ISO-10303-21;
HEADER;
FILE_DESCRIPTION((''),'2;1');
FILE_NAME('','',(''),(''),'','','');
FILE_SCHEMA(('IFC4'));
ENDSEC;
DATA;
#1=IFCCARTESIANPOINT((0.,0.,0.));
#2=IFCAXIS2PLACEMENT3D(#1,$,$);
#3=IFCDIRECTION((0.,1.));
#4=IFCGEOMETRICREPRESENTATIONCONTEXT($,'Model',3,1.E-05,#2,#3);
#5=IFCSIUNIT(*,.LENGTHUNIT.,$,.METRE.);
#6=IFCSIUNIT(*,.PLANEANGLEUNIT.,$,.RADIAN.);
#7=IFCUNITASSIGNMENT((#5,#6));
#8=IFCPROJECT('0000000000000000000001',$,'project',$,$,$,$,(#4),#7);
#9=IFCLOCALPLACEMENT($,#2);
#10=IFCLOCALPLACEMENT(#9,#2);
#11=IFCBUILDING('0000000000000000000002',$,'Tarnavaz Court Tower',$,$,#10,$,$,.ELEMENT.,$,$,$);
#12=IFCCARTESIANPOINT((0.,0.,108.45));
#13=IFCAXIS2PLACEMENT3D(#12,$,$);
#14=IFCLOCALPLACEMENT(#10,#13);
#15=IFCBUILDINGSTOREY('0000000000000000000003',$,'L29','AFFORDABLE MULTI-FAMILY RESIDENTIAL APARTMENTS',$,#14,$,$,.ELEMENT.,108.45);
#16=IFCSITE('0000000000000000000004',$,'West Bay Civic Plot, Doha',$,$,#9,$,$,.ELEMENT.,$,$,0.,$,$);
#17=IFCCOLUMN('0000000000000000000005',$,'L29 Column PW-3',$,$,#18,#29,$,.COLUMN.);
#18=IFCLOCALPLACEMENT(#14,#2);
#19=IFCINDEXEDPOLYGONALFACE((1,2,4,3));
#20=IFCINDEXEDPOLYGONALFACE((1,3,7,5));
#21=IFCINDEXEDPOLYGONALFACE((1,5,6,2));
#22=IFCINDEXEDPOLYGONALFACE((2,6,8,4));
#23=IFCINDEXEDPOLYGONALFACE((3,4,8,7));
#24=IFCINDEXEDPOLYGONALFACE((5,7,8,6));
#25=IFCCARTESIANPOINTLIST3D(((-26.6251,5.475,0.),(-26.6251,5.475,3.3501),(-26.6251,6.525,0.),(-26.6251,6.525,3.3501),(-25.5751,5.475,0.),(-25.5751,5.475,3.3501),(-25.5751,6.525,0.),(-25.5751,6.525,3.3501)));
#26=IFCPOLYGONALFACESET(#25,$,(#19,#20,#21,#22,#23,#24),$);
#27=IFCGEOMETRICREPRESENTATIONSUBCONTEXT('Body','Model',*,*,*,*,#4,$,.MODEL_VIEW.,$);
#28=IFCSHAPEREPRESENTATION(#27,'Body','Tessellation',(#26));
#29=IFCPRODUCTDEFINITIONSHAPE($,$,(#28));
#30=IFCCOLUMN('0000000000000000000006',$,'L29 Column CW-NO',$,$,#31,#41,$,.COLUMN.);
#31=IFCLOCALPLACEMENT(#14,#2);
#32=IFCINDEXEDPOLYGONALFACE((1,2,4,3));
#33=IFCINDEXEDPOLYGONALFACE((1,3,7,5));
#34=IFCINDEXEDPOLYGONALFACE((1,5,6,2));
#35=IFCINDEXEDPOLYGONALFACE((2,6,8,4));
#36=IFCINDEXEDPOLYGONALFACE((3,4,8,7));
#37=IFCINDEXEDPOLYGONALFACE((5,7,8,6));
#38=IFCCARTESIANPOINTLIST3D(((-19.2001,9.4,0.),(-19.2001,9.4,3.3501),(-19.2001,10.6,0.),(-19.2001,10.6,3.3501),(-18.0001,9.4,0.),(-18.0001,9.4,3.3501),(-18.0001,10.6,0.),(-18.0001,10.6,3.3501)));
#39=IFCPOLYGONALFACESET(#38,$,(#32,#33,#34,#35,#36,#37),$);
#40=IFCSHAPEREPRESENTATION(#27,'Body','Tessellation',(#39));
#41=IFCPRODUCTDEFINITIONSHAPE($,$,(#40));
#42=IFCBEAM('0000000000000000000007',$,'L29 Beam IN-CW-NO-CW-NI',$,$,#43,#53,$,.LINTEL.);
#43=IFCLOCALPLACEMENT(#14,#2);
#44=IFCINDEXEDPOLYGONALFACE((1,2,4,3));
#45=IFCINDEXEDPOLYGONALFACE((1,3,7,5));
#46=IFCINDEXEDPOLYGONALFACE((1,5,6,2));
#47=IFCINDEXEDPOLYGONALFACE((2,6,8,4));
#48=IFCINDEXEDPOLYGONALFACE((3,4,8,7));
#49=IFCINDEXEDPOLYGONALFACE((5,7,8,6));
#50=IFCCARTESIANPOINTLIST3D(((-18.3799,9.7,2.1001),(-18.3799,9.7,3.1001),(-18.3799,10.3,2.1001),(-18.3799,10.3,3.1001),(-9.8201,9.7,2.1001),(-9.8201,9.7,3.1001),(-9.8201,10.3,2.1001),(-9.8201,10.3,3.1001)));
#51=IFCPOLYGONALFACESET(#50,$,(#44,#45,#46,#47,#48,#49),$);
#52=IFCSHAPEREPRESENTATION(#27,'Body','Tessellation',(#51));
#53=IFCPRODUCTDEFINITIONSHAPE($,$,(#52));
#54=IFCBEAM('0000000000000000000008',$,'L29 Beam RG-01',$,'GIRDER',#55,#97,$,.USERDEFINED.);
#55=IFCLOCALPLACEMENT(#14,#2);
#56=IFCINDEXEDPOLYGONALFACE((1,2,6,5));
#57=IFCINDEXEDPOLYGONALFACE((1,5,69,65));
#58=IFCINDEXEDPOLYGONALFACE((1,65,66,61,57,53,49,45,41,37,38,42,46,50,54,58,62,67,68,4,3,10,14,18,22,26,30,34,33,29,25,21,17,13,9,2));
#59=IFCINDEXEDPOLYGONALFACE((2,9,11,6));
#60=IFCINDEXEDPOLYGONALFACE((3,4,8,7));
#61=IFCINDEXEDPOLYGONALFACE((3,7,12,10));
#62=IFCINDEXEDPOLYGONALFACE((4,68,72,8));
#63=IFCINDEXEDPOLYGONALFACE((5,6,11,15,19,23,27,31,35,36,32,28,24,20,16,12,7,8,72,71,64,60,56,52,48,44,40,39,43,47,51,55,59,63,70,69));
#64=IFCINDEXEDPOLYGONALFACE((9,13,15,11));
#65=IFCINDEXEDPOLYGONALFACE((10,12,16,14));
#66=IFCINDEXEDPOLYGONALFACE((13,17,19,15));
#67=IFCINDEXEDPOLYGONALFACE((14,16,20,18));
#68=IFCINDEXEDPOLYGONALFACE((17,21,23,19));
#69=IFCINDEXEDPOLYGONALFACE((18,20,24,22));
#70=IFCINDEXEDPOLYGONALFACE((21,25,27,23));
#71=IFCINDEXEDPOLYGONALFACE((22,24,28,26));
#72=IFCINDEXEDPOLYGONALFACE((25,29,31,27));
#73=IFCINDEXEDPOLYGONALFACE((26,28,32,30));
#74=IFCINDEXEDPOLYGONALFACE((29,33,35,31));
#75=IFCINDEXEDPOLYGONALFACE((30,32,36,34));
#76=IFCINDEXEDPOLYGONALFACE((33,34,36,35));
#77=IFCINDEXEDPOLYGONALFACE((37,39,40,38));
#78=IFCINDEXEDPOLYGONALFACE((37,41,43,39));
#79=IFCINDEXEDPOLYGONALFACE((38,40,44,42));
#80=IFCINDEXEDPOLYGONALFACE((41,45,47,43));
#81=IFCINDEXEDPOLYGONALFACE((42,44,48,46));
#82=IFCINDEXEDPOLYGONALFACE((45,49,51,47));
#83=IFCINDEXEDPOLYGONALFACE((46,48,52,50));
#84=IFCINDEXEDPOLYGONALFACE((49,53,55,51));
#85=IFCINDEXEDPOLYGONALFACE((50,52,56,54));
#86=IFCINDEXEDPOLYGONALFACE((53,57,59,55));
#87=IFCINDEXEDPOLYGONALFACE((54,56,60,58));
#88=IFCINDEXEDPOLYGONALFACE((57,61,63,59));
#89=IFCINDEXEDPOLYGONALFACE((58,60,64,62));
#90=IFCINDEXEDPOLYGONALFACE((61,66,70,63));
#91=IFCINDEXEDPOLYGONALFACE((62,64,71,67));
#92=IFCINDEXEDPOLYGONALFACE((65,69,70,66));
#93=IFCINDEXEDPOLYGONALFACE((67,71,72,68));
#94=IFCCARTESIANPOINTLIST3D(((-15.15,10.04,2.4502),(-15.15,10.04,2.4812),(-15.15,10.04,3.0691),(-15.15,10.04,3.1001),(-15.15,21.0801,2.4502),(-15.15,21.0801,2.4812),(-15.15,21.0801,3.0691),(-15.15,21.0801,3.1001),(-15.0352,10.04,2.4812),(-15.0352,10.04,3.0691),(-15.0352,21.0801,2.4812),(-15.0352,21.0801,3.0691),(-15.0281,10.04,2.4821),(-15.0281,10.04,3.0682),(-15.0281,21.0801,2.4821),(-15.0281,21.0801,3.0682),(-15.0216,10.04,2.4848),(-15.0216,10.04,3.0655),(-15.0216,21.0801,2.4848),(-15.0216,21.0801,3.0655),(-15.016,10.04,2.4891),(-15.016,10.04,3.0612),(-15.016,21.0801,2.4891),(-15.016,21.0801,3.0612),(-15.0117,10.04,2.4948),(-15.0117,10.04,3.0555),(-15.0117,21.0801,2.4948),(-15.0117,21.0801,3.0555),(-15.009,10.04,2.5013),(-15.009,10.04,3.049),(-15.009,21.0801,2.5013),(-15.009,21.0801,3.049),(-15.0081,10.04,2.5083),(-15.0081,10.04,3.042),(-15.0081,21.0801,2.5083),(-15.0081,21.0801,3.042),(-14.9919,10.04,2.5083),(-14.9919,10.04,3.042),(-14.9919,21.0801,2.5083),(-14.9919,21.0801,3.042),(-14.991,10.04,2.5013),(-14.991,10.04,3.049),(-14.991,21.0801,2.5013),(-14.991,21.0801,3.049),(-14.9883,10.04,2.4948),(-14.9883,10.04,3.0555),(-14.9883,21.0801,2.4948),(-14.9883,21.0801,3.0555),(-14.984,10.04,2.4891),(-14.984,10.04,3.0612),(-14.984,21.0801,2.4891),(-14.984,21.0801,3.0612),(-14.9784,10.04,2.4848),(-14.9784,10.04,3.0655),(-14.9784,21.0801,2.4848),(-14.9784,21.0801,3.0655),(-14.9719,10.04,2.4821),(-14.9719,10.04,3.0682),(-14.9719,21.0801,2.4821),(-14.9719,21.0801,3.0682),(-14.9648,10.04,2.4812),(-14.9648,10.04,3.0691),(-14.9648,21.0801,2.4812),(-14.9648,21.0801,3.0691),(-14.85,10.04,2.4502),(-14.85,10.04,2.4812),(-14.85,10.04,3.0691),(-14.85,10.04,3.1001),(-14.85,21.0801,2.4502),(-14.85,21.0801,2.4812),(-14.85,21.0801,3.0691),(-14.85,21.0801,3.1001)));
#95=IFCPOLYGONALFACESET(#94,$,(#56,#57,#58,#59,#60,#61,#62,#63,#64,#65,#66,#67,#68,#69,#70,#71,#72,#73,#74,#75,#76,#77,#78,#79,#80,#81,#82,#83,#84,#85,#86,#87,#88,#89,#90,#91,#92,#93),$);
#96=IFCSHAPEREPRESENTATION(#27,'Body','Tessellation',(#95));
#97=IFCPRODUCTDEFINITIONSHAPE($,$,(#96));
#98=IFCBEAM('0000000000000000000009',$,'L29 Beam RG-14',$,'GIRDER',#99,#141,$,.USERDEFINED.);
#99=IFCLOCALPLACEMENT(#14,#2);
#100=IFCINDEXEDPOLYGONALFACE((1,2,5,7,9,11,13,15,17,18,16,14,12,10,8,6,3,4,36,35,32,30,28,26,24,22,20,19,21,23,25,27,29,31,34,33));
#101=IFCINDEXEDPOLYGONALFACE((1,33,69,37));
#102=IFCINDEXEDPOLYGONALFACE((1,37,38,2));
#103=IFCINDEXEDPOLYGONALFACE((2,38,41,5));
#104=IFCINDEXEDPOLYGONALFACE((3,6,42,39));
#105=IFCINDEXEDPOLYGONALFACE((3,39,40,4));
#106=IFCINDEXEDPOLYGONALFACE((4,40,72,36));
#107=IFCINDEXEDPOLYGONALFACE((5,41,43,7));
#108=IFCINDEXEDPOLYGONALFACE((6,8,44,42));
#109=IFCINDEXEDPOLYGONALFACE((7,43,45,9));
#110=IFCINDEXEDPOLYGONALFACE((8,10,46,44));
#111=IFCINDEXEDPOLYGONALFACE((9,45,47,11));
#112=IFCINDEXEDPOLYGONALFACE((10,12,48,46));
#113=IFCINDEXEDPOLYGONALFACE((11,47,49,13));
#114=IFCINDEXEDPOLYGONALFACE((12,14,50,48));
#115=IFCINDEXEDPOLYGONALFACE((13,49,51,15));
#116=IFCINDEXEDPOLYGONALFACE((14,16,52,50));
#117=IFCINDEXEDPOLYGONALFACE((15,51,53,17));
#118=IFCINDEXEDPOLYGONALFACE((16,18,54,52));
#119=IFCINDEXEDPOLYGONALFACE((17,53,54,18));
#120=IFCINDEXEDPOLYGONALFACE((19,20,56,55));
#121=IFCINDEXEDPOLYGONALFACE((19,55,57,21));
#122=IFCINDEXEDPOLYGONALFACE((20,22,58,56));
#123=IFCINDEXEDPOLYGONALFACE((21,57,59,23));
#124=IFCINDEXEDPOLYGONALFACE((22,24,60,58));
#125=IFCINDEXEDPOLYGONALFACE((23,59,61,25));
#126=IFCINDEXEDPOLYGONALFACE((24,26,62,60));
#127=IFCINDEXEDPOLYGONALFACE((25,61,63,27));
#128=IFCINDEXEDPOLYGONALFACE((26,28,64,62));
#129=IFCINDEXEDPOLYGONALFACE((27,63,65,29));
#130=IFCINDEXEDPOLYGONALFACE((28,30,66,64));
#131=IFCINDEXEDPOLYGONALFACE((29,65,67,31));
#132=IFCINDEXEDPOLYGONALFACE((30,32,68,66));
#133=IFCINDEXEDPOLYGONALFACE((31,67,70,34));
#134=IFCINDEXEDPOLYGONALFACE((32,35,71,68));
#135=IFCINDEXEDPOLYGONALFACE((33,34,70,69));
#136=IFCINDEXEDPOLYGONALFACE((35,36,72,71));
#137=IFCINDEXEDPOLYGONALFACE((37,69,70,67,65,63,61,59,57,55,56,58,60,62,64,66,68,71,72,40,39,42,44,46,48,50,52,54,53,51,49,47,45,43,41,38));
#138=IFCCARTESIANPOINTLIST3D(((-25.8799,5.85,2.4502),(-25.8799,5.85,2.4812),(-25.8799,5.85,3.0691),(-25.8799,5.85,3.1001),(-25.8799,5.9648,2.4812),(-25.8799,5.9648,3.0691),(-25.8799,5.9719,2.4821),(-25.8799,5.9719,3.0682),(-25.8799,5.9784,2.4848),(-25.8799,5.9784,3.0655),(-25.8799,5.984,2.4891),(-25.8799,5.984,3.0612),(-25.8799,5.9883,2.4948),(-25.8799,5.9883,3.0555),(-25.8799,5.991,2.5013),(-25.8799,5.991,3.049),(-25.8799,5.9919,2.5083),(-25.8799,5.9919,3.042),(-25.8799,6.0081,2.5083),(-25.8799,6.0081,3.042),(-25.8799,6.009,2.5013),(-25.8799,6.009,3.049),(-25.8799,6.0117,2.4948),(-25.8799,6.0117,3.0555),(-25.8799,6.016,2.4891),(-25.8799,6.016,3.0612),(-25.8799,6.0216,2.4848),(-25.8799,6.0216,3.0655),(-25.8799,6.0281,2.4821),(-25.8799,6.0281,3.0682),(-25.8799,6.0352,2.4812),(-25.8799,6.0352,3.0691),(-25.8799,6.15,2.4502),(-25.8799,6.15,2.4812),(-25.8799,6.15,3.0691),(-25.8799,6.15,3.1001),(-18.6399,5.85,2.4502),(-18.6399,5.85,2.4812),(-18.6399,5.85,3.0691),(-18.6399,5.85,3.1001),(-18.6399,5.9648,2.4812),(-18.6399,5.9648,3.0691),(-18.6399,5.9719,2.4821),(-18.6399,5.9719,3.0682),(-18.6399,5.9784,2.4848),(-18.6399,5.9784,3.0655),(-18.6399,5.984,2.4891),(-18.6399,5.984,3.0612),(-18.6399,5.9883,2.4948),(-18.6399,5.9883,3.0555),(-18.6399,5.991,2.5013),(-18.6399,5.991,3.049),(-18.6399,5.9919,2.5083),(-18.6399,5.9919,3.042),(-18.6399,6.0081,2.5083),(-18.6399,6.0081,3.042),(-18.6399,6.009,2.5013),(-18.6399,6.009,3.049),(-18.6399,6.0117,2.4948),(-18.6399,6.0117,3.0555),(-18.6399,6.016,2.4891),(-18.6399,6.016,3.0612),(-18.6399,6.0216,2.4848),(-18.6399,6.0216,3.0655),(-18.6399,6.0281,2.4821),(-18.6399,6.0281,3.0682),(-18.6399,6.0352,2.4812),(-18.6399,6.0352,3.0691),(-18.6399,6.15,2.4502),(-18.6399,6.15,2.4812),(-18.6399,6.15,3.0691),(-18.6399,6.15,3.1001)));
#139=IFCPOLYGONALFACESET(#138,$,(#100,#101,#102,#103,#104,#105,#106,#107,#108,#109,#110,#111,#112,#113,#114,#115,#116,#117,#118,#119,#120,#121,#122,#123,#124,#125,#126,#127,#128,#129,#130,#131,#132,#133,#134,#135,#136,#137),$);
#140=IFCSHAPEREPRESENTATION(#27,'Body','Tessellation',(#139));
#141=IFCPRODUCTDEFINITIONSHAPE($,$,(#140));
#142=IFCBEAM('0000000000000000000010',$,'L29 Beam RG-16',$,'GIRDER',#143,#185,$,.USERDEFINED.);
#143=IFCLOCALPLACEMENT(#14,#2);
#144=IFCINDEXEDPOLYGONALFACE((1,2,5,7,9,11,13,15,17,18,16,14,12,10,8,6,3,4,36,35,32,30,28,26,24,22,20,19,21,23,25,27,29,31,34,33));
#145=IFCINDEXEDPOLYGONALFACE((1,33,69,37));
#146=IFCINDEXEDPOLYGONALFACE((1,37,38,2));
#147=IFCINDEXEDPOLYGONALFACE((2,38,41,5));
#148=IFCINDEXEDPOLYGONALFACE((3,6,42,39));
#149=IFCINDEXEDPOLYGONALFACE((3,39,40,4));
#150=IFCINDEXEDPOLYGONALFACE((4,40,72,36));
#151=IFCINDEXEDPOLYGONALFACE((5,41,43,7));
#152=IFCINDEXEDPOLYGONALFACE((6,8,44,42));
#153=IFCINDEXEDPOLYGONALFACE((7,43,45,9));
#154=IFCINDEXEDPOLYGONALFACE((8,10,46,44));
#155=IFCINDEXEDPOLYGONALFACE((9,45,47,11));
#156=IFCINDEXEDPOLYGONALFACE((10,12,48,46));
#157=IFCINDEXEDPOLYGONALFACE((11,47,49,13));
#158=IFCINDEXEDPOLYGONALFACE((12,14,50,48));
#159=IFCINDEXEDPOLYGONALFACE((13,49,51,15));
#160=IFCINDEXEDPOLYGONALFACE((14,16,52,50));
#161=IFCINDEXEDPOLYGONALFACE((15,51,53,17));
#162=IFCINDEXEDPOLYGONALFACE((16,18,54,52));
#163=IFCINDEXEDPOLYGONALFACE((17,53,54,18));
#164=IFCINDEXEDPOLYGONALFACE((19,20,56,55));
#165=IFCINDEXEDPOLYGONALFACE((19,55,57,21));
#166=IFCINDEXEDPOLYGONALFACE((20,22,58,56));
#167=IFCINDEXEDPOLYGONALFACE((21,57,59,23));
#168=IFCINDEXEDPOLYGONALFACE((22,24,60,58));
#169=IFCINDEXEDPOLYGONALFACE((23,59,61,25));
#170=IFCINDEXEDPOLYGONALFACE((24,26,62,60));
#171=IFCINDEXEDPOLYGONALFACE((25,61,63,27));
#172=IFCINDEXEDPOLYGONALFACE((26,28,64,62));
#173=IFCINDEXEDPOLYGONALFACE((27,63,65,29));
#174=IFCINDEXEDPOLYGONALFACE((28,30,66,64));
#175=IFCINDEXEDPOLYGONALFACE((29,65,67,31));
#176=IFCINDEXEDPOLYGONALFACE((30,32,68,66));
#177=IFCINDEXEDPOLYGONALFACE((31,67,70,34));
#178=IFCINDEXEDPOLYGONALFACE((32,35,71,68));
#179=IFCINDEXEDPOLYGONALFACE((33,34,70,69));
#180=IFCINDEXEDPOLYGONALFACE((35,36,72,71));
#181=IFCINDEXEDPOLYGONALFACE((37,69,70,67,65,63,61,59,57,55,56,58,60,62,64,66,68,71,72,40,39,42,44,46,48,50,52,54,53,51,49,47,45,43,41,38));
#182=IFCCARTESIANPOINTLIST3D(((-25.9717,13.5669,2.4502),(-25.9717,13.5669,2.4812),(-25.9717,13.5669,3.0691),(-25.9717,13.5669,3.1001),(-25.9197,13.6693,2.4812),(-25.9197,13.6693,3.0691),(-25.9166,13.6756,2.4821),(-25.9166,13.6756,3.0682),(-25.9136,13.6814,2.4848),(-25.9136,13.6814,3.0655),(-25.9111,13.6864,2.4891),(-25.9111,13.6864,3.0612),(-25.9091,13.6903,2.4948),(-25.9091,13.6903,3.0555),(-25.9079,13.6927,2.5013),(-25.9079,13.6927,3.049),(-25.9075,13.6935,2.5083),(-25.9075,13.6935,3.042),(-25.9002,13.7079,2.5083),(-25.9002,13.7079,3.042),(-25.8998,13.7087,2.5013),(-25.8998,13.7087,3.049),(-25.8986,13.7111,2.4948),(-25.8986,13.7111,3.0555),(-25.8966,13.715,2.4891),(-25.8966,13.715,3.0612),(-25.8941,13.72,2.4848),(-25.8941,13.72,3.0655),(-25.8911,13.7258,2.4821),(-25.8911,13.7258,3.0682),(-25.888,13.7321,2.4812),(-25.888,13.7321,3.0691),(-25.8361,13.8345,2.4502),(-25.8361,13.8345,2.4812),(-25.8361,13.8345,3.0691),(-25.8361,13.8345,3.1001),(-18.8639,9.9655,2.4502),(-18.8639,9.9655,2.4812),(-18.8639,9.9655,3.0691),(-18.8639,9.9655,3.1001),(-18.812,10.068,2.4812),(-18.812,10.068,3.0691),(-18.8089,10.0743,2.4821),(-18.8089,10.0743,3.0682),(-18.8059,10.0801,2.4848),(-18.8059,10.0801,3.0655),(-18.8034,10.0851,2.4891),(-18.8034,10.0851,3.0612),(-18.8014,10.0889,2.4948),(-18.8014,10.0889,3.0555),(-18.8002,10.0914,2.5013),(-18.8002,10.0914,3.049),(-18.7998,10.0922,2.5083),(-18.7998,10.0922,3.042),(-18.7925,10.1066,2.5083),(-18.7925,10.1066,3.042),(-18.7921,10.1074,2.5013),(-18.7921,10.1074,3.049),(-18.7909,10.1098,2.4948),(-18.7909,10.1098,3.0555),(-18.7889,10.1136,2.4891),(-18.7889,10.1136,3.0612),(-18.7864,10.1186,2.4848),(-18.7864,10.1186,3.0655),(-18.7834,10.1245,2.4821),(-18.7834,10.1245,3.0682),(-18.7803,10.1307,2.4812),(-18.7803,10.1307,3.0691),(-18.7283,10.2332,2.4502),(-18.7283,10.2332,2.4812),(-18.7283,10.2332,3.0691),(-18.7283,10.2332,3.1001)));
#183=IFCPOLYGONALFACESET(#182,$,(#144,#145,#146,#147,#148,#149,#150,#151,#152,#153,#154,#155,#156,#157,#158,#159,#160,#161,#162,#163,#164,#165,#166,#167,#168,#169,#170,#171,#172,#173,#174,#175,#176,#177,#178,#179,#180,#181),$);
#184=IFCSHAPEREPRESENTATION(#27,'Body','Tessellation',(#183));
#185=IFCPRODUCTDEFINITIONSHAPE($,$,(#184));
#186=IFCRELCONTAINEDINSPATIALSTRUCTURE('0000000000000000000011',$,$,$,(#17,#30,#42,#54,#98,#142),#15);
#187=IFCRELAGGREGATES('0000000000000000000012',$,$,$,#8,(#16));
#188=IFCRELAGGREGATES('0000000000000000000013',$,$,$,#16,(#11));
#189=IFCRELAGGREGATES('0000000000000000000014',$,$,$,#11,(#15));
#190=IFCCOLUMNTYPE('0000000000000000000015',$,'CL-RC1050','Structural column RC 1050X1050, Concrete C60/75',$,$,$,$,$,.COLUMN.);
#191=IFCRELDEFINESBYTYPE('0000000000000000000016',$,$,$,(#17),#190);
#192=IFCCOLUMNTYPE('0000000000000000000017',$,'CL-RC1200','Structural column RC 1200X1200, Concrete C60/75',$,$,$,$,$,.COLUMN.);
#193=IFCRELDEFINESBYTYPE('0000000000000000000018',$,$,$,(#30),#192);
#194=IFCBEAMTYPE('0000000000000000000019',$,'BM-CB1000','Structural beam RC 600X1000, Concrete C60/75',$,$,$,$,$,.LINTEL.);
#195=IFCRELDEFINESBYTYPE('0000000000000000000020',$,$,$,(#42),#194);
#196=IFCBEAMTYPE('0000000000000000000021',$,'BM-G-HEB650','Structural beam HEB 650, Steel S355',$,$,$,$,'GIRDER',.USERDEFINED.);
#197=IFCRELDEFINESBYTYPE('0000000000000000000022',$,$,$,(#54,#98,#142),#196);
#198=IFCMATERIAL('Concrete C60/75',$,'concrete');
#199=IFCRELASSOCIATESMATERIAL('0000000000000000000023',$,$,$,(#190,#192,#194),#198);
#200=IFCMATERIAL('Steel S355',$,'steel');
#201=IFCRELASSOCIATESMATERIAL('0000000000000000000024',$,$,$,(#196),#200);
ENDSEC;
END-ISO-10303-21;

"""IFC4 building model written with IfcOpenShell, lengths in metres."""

from ifc_helpers import new_model, si_unit, direction, frame, origin, origin_2d, place, context, subcontext, project, spatial, rectangle, i_section, extrude, material, material_profile, profile_set, type_object, element, save


model = new_model("IFC4")

# Units and contexts
model_context = context("Model", 3, precision=1e-05, world=origin(), true_north=direction((0.0, 1.0)))
body_context = subcontext(model_context, "Body", "Model", "MODEL_VIEW")
ifc_project = project(units=[si_unit("LENGTHUNIT", "METRE"), si_unit("PLANEANGLEUNIT", "RADIAN")], contexts=[model_context])

# Site, building, storey
site_placement = place(None, origin())
site = spatial("IfcSite", under=ifc_project, at=site_placement, Name="West Bay Civic Plot, Doha", CompositionType="ELEMENT", RefElevation=0.0)
building_placement = place(site_placement, origin())
building = spatial("IfcBuilding", under=site, at=building_placement, Name="Tarnavaz Court Tower", CompositionType="ELEMENT")
storey_placement = place(building_placement, frame((0.0, 0.0, 108.45)))
storey = spatial("IfcBuildingStorey", under=building, at=storey_placement, Name="L29", Description="AFFORDABLE MULTI-FAMILY RESIDENTIAL APARTMENTS", CompositionType="ELEMENT", Elevation=108.45)

# Columns
ifc_material_1 = material(Name="Concrete C60/75", Category="concrete")
ifc_material_profile_1 = material_profile(ifc_material_1, rectangle(XDim=1.05, YDim=1.05, at=origin_2d()), Name="RC 1050X1050")
ifc_profile_set_1 = profile_set([ifc_material_profile_1], Name="Concrete C60/75")
column_type_1 = type_object("IfcColumnType", Name="CL-RC1050", Description="Structural column RC 1050X1050, Concrete C60/75", PredefinedType="COLUMN", material=ifc_profile_set_1)
column_1_placement = place(storey_placement, frame((-26.1001, 6.0, 0.0), z_axis=(0.0, 0.0, 1.0), x_axis=(1.0, 0.0, 0.0)))
element("IfcColumn", 1, at=column_1_placement, inside=storey, type_object=column_type_1, Name="L29 Column PW-3", PredefinedType="COLUMN", context=body_context, shape_type="SweptSolid", body=[
    extrude(rectangle(XDim=1.05, YDim=1.05, at=origin_2d()), origin(), (0.0, 0.0, 1.0), 3.3501),
])
ifc_material_profile_2 = material_profile(ifc_material_1, rectangle(XDim=1.2, YDim=1.2, at=origin_2d()), Name="RC 1200X1200")
ifc_profile_set_2 = profile_set([ifc_material_profile_2], Name="Concrete C60/75")
column_type_2 = type_object("IfcColumnType", Name="CL-RC1200", Description="Structural column RC 1200X1200, Concrete C60/75", PredefinedType="COLUMN", material=ifc_profile_set_2)
column_2_placement = place(storey_placement, frame((-18.6001, 10.0, 0.0), z_axis=(0.0, 0.0, 1.0), x_axis=(1.0, 0.0, 0.0)))
element("IfcColumn", 2, at=column_2_placement, inside=storey, type_object=column_type_2, Name="L29 Column CW-NO", PredefinedType="COLUMN", context=body_context, shape_type="SweptSolid", body=[
    extrude(rectangle(XDim=1.2, YDim=1.2, at=origin_2d()), origin(), (0.0, 0.0, 1.0), 3.3501),
])

# Beams
ifc_material_profile_3 = material_profile(ifc_material_1, rectangle(XDim=0.6001, YDim=1.0, at=origin_2d()), Name="RC 600X1000")
ifc_profile_set_3 = profile_set([ifc_material_profile_3], Name="Concrete C60/75")
beam_type_1 = type_object("IfcBeamType", Name="BM-CB1000", Description="Structural beam RC 600X1000, Concrete C60/75", PredefinedType="LINTEL", material=ifc_profile_set_3)
beam_1_placement = place(storey_placement, frame((-18.3799, 10.0, 2.6001), z_axis=(1.0, 0.0, 0.0), x_axis=(0.0, 1.0, 0.0)))
element("IfcBeam", 3, at=beam_1_placement, inside=storey, type_object=beam_type_1, Name="L29 Beam IN-CW-NO-CW-NI", PredefinedType="LINTEL", context=body_context, shape_type="SweptSolid", body=[
    extrude(rectangle(XDim=0.6001, YDim=1.0, at=origin_2d()), origin(), (0.0, 0.0, 1.0), 8.5598),
])
ifc_material_2 = material(Name="Steel S355", Category="steel")
ifc_material_profile_4 = material_profile(ifc_material_2, i_section(OverallWidth=0.3, OverallDepth=0.6499, WebThickness=0.0161, FlangeThickness=0.031, FilletRadius=0.0271, at=origin_2d()), Name="HEB 650")
ifc_profile_set_4 = profile_set([ifc_material_profile_4], Name="Steel S355")
beam_type_2 = type_object("IfcBeamType", Name="BM-G-HEB650", Description="Structural beam HEB 650, Steel S355", ElementType="GIRDER", PredefinedType="USERDEFINED", material=ifc_profile_set_4)
beam_2_placement = place(storey_placement, frame((-15.0, 10.04, 2.7751), z_axis=(0.0, 1.0, 0.0), x_axis=(-1.0, 0.0, 0.0)))
element("IfcBeam", 4, at=beam_2_placement, inside=storey, type_object=beam_type_2, Name="L29 Beam RG-01", ObjectType="GIRDER", PredefinedType="USERDEFINED", context=body_context, shape_type="SweptSolid", body=[
    extrude(i_section(OverallWidth=0.3, OverallDepth=0.6499, WebThickness=0.0161, FlangeThickness=0.031, FilletRadius=0.0271, at=origin_2d()), origin(), (0.0, 0.0, 1.0), 11.04),
])
beam_3_placement = place(storey_placement, frame((-18.6399, 6.0, 2.7751), z_axis=(-1.0, 0.0, 0.0), x_axis=(0.0, -1.0, 0.0)))
element("IfcBeam", 5, at=beam_3_placement, inside=storey, type_object=beam_type_2, Name="L29 Beam RG-14", ObjectType="GIRDER", PredefinedType="USERDEFINED", context=body_context, shape_type="SweptSolid", body=[
    extrude(i_section(OverallWidth=0.3, OverallDepth=0.6499, WebThickness=0.0161, FlangeThickness=0.031, FilletRadius=0.0271, at=origin_2d()), origin(), (0.0, 0.0, 1.0), 7.24),
])
beam_4_placement = place(storey_placement, frame((-18.7961, 10.0994, 2.7751), z_axis=(-0.892031, 0.451975, 0.0), x_axis=(-0.451975, -0.892031, 0.0)))
element("IfcBeam", 6, at=beam_4_placement, inside=storey, type_object=beam_type_2, Name="L29 Beam RG-16", ObjectType="GIRDER", PredefinedType="USERDEFINED", context=body_context, shape_type="SweptSolid", body=[
    extrude(i_section(OverallWidth=0.3, OverallDepth=0.6499, WebThickness=0.0161, FlangeThickness=0.031, FilletRadius=0.0271, at=origin_2d()), origin(), (0.0, 0.0, 1.0), 7.968),
])

save(model, "model.ifc")
